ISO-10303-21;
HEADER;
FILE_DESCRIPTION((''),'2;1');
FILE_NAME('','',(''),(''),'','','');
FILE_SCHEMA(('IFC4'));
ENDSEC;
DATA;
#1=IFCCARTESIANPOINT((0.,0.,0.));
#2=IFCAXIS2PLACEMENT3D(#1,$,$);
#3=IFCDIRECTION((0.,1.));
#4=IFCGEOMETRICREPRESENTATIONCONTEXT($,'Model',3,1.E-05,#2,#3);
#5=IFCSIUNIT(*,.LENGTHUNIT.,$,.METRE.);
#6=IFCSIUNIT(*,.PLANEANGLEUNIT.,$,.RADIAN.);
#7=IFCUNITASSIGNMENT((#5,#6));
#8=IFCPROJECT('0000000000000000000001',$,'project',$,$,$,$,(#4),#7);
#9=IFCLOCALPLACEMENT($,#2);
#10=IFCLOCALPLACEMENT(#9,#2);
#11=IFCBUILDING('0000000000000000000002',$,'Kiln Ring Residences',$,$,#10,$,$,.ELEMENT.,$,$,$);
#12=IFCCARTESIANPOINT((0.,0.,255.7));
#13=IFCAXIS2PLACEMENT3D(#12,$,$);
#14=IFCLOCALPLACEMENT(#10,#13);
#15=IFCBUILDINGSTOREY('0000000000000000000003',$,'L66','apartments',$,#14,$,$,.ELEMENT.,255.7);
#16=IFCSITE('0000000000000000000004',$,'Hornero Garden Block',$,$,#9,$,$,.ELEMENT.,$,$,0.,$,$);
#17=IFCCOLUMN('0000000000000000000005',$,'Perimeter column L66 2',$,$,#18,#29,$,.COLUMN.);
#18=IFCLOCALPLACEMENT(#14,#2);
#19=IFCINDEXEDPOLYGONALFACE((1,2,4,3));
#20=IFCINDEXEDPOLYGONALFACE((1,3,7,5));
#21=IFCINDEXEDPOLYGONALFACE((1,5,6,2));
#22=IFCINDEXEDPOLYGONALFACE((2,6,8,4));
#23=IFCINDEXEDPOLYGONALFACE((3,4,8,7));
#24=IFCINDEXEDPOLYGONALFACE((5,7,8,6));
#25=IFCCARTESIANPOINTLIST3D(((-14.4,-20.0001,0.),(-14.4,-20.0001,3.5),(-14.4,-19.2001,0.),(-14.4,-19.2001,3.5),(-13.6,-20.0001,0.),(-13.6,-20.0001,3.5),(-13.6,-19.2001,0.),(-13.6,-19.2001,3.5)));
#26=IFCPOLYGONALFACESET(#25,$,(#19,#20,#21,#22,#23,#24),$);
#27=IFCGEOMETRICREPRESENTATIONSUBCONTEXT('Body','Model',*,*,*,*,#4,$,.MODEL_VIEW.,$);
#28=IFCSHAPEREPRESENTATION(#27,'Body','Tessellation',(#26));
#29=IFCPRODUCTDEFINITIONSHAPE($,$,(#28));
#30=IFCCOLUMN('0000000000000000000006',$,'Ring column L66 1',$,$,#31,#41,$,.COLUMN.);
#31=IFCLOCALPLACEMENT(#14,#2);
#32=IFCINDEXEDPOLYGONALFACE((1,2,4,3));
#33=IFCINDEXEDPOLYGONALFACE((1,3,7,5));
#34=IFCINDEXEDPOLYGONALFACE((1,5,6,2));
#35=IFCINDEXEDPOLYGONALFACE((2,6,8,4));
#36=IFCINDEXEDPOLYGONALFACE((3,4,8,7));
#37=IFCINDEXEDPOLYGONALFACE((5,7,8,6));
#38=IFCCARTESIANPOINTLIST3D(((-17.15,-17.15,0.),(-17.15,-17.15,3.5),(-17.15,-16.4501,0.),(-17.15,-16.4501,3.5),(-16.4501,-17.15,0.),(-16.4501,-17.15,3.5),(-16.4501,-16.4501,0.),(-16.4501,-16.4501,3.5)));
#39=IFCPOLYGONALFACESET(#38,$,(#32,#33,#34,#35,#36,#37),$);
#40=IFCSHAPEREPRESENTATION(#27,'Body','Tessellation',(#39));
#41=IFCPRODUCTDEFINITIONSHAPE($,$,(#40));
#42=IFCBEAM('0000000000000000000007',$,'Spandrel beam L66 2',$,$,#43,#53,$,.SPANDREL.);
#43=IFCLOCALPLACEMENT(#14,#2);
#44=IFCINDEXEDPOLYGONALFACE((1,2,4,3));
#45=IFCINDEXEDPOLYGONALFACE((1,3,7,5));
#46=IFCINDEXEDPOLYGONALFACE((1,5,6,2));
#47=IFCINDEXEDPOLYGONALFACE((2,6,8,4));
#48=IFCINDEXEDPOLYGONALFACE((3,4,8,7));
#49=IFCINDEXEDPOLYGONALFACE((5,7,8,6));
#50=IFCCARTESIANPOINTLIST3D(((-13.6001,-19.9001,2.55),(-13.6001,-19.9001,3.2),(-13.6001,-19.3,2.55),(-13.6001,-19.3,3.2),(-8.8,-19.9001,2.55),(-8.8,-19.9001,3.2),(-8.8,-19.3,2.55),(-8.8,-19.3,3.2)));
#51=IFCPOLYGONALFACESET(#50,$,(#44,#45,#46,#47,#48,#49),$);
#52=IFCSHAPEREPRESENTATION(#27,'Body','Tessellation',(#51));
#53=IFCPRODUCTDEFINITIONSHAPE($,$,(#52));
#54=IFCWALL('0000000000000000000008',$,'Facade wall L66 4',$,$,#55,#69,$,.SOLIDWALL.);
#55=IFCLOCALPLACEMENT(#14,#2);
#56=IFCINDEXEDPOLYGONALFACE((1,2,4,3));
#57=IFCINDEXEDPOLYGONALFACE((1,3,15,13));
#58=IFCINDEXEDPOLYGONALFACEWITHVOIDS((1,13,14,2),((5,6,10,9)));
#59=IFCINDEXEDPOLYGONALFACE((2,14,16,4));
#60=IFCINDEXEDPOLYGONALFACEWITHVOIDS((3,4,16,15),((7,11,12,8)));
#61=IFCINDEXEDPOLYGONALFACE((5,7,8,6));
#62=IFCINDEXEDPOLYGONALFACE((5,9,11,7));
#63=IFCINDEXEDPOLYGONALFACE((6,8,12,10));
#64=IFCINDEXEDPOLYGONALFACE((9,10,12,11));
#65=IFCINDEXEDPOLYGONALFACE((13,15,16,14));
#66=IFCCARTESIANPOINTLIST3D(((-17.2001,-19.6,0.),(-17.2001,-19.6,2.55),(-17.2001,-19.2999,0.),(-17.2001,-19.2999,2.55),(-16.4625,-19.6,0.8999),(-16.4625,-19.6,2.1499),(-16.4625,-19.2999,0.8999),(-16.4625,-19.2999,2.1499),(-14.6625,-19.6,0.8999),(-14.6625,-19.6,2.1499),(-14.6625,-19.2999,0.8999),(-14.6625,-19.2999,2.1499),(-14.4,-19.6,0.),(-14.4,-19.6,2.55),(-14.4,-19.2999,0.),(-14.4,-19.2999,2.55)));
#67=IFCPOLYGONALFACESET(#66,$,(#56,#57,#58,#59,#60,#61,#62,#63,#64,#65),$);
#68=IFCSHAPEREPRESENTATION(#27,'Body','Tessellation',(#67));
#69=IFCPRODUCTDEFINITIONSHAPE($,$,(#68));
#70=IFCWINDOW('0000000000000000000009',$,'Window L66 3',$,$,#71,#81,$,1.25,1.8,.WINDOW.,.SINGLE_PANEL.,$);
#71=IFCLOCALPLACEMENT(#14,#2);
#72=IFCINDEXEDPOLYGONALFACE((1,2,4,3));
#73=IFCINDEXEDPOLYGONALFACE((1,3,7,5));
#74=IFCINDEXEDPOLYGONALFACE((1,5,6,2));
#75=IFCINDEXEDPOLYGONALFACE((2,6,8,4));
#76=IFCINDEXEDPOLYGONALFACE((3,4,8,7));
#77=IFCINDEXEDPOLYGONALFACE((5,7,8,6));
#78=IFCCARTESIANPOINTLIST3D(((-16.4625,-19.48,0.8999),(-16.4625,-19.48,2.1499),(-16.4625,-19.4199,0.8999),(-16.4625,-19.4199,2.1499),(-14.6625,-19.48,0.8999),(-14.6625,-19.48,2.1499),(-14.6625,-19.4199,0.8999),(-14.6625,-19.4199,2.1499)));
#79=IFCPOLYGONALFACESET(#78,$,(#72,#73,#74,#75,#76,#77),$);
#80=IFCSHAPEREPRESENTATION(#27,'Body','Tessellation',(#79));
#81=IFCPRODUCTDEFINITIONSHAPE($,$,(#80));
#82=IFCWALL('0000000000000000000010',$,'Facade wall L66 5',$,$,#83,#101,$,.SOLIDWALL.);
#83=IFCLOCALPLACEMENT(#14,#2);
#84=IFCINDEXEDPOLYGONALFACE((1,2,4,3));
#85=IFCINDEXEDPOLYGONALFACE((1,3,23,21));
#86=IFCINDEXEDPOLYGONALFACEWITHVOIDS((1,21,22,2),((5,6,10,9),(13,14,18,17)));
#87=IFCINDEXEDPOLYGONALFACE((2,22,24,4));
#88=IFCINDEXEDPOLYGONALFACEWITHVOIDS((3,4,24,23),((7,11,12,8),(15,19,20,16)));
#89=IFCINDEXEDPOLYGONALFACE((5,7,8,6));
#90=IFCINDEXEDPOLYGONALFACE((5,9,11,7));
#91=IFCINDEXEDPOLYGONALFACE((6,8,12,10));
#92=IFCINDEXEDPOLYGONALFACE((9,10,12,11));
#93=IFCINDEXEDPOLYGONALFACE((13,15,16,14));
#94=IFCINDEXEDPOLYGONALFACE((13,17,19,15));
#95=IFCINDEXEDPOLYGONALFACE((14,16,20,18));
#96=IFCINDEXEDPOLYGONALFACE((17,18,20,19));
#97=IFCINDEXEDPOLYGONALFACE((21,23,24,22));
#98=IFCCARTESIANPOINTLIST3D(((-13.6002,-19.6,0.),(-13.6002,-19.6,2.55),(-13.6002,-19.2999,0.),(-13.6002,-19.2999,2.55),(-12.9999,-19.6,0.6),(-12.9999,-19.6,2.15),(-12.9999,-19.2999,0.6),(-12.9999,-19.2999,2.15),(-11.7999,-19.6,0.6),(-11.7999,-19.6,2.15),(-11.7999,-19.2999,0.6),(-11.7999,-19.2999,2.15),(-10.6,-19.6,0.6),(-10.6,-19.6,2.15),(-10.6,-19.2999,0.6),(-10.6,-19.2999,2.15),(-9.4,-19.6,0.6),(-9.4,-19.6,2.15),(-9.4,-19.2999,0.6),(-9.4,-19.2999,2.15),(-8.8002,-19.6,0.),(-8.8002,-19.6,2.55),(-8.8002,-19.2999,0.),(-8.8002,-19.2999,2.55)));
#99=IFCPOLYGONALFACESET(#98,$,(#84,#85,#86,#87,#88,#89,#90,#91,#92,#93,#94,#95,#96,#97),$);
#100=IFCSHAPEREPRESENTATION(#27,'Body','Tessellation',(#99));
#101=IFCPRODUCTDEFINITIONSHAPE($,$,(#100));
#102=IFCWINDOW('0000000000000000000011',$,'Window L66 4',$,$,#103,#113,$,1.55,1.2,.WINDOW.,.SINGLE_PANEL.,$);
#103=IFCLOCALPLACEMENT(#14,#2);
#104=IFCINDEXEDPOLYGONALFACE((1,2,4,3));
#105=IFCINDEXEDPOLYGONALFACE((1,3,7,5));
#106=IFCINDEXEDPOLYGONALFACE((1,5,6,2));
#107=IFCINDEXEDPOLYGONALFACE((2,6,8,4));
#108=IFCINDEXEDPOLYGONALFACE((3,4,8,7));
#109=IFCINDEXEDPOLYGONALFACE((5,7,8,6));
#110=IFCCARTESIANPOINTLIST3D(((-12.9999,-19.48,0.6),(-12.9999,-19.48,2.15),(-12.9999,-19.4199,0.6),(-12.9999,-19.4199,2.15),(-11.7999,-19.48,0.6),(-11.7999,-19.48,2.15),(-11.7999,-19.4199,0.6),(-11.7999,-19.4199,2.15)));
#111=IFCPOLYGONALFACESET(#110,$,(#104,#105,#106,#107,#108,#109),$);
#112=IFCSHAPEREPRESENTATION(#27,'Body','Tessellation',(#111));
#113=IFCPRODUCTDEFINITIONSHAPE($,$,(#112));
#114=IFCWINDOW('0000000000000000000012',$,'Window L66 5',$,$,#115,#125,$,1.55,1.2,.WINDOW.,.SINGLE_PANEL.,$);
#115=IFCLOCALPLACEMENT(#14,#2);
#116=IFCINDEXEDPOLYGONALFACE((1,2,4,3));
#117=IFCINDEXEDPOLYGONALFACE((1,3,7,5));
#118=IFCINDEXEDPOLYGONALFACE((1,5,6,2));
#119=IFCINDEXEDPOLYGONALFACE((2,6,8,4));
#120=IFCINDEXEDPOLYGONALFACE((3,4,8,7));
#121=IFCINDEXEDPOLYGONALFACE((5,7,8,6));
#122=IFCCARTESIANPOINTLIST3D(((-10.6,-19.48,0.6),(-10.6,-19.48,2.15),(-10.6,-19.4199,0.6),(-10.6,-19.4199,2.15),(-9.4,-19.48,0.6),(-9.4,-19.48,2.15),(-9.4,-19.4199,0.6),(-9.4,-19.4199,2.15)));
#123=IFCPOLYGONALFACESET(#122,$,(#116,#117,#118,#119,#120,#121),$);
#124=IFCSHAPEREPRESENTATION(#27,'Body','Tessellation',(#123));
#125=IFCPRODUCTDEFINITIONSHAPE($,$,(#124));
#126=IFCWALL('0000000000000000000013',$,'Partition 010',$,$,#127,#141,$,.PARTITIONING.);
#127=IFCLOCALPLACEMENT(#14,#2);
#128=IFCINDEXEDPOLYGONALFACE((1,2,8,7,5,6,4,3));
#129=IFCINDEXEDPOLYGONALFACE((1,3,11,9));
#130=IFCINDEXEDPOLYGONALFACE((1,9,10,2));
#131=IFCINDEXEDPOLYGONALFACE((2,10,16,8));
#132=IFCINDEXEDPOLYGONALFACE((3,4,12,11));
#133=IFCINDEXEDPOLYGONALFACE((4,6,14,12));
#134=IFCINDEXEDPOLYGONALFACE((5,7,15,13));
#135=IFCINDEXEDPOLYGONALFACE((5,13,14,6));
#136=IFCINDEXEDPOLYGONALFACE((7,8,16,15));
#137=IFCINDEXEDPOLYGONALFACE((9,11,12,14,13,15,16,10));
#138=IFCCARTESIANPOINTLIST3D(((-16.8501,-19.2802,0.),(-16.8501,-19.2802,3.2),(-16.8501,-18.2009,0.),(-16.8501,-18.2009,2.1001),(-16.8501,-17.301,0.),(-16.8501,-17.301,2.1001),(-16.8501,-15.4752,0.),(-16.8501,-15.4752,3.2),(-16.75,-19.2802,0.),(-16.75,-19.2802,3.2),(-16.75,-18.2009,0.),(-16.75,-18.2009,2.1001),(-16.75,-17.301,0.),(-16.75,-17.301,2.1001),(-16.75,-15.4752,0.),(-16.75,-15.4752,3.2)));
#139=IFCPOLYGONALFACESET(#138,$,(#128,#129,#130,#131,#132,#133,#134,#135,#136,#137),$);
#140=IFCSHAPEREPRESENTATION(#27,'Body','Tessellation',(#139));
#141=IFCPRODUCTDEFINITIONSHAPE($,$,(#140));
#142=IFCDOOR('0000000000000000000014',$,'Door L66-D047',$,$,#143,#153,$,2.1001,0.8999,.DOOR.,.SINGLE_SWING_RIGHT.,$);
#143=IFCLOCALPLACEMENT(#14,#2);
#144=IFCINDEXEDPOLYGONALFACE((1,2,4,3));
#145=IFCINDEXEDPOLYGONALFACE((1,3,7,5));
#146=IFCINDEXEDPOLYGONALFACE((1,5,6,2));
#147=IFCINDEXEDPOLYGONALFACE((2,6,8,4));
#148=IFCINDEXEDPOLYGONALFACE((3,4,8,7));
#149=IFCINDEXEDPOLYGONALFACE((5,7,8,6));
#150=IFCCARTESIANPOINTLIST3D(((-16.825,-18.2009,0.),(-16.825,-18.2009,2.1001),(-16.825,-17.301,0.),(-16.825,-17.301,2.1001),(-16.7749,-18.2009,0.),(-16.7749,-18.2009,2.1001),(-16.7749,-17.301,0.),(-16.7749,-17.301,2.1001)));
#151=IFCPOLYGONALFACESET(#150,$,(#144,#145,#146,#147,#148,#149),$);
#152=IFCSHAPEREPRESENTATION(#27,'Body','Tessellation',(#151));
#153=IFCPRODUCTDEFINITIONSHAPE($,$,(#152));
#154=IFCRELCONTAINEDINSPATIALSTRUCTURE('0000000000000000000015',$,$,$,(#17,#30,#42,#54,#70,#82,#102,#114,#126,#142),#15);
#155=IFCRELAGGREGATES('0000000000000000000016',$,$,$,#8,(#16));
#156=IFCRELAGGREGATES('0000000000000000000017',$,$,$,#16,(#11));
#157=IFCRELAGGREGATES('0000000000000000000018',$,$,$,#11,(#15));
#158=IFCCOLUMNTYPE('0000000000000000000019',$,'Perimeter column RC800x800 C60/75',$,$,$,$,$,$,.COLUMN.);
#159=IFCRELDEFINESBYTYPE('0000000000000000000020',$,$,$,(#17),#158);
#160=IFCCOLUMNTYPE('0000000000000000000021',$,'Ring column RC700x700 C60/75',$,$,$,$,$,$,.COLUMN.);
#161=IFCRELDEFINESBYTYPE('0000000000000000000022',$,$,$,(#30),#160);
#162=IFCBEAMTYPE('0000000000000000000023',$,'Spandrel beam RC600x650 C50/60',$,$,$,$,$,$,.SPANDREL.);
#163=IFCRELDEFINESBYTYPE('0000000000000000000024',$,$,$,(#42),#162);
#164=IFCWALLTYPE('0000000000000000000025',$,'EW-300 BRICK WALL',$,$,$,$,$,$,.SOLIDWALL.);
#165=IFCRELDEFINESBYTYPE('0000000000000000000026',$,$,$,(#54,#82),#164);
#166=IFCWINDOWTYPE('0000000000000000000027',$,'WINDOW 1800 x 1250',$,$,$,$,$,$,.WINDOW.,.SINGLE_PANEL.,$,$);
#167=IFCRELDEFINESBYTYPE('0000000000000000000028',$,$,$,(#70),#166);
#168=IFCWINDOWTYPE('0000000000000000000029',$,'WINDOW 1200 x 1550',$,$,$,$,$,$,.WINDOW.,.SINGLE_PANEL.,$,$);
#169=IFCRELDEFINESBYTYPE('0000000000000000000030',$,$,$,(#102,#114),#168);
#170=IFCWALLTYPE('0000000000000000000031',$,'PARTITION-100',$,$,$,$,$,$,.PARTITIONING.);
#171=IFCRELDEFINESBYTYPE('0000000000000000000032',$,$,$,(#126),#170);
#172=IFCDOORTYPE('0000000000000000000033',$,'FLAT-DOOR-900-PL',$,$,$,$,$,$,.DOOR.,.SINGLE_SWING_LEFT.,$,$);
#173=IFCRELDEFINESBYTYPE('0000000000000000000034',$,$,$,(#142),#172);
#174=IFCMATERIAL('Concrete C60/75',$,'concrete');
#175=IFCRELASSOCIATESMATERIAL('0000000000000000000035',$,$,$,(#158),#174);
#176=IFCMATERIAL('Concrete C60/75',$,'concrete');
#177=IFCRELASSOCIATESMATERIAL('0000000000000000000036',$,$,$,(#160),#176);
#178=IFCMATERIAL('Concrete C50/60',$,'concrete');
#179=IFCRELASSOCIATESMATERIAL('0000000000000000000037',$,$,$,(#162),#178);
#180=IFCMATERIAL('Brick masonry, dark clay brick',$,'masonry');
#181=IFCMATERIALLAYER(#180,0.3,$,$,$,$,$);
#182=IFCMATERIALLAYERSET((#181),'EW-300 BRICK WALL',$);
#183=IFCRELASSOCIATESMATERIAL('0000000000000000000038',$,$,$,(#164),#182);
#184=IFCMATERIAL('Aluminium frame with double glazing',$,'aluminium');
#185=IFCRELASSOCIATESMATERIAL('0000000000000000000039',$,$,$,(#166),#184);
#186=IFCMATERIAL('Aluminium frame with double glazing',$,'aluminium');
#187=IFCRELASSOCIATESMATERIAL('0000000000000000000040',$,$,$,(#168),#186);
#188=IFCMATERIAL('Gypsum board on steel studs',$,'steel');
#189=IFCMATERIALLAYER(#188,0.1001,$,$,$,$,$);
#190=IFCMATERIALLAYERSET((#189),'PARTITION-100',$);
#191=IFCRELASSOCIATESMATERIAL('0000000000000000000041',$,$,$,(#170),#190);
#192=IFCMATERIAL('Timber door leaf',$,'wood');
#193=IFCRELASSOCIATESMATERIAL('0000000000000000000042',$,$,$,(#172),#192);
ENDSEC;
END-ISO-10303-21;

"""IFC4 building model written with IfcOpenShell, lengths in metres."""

from ifc_helpers import new_model, si_unit, direction, frame, frame_2d, origin, origin_2d, place, context, subcontext, project, spatial, rectangle, extrude, material, layer, layer_set, material_profile, profile_set, type_object, element, fill, save


model = new_model("IFC4")

# Units and contexts
model_context = context("Model", 3, precision=1e-05, world=origin(), true_north=direction((0.0, 1.0)))
body_context = subcontext(model_context, "Body", "Model", "MODEL_VIEW")
ifc_project = project(units=[si_unit("LENGTHUNIT", "METRE"), si_unit("PLANEANGLEUNIT", "RADIAN")], contexts=[model_context])

# Site, building, storey
site_placement = place(None, origin())
site = spatial("IfcSite", under=ifc_project, at=site_placement, Name="Hornero Garden Block", CompositionType="ELEMENT", RefElevation=0.0)
building_placement = place(site_placement, origin())
building = spatial("IfcBuilding", under=site, at=building_placement, Name="Kiln Ring Residences", CompositionType="ELEMENT")
storey_placement = place(building_placement, frame((0.0, 0.0, 255.7)))
storey = spatial("IfcBuildingStorey", under=building, at=storey_placement, Name="L66", Description="apartments", CompositionType="ELEMENT", Elevation=255.7)

# Columns
ifc_material_1 = material(Name="Concrete C60/75", Category="concrete")
ifc_material_profile_1 = material_profile(ifc_material_1, rectangle(XDim=0.8, YDim=0.8, at=origin_2d()), Name="RC800x800")
ifc_profile_set_1 = profile_set([ifc_material_profile_1], Name="Concrete C60/75")
column_type_1 = type_object("IfcColumnType", Name="Perimeter column RC800x800 C60/75", PredefinedType="COLUMN", material=ifc_profile_set_1)
column_1_placement = place(storey_placement, frame((-14.0, -19.6001, 0.0), z_axis=(0.0, 0.0, 1.0), x_axis=(1.0, 0.0, 0.0)))
element("IfcColumn", 1, at=column_1_placement, inside=storey, type_object=column_type_1, Name="Perimeter column L66 2", PredefinedType="COLUMN", context=body_context, shape_type="SweptSolid", body=[
    extrude(rectangle(XDim=0.8, YDim=0.8, at=origin_2d()), origin(), (0.0, 0.0, 1.0), 3.5),
])
ifc_material_2 = material(Name="Concrete C60/75", Category="concrete")
ifc_material_profile_2 = material_profile(ifc_material_2, rectangle(XDim=0.7, YDim=0.7, at=origin_2d()), Name="RC700x700")
ifc_profile_set_2 = profile_set([ifc_material_profile_2], Name="Concrete C60/75")
column_type_2 = type_object("IfcColumnType", Name="Ring column RC700x700 C60/75", PredefinedType="COLUMN", material=ifc_profile_set_2)
column_2_placement = place(storey_placement, frame((-16.8, -16.8, 0.0), z_axis=(0.0, 0.0, 1.0), x_axis=(1.0, 0.0, 0.0)))
element("IfcColumn", 2, at=column_2_placement, inside=storey, type_object=column_type_2, Name="Ring column L66 1", PredefinedType="COLUMN", context=body_context, shape_type="SweptSolid", body=[
    extrude(rectangle(XDim=0.7, YDim=0.7, at=origin_2d()), origin(), (0.0, 0.0, 1.0), 3.5),
])

# Beam
ifc_material_3 = material(Name="Concrete C50/60", Category="concrete")
ifc_material_profile_3 = material_profile(ifc_material_3, rectangle(XDim=0.6001, YDim=0.6499, at=origin_2d()), Name="RC600x650")
ifc_profile_set_3 = profile_set([ifc_material_profile_3], Name="Concrete C50/60")
beam_type = type_object("IfcBeamType", Name="Spandrel beam RC600x650 C50/60", PredefinedType="SPANDREL", material=ifc_profile_set_3)
beam_placement = place(storey_placement, frame((-13.6001, -19.6001, 2.875), z_axis=(1.0, 0.0, 0.0), x_axis=(0.0, 1.0, 0.0)))
element("IfcBeam", 3, at=beam_placement, inside=storey, type_object=beam_type, Name="Spandrel beam L66 2", PredefinedType="SPANDREL", context=body_context, shape_type="SweptSolid", body=[
    extrude(rectangle(XDim=0.6001, YDim=0.6499, at=origin_2d()), origin(), (0.0, 0.0, 1.0), 4.8),
])

# Wall, opening, window
ifc_material_4 = material(Name="Brick masonry, dark clay brick", Category="masonry")
ifc_layer_1 = layer(ifc_material_4, 0.3)
ifc_layer_set_1 = layer_set([ifc_layer_1], Name="EW-300 BRICK WALL")
wall_type_1 = type_object("IfcWallType", Name="EW-300 BRICK WALL", PredefinedType="SOLIDWALL", material=ifc_layer_set_1)
wall_1_placement = place(storey_placement, frame((-17.2, -19.45, 0.0), z_axis=(0.0, 0.0, 1.0), x_axis=(1.0, 0.0, 0.0)))
wall_1 = element("IfcWall", 4, at=wall_1_placement, inside=storey, type_object=wall_type_1, Name="Facade wall L66 4", PredefinedType="SOLIDWALL", context=body_context, shape_type="SweptSolid", body=[
    extrude(rectangle(XDim=2.8, YDim=0.3, at=frame_2d((1.3999, 0.0))), origin(), (0.0, 0.0, 1.0), 2.55),
])
opening_1_placement = place(wall_1_placement, frame((0.7375, 0.0, 0.8999)))
opening_1 = element("IfcOpeningElement", 5, at=opening_1_placement, cuts=wall_1, PredefinedType="OPENING", context=body_context, shape_type="SweptSolid", body=[
    extrude(rectangle(XDim=1.8, YDim=1.25, at=frame_2d((0.8999, 0.625))), frame((0.0, 0.1599, 0.0), z_axis=(0.0, -1.0, 0.0), x_axis=(1.0, 0.0, 0.0)), (0.0, 0.0, 1.0), 0.3201),
])
ifc_material_5 = material(Name="Aluminium frame with double glazing", Category="aluminium")
window_type_1 = type_object("IfcWindowType", Name="WINDOW 1800 x 1250", PartitioningType="SINGLE_PANEL", PredefinedType="WINDOW", material=ifc_material_5)
window_1_placement = place(opening_1_placement, origin())
window_1 = element("IfcWindow", 6, at=window_1_placement, inside=storey, type_object=window_type_1, Name="Window L66 3", OverallHeight=1.25, OverallWidth=1.8, PartitioningType="SINGLE_PANEL", PredefinedType="WINDOW", context=body_context, shape_type="SweptSolid", body=[
    extrude(rectangle(XDim=1.8, YDim=1.25, at=frame_2d((0.8999, 0.625))), frame((0.0, 0.03, 0.0), z_axis=(0.0, -1.0, 0.0), x_axis=(1.0, 0.0, 0.0)), (0.0, 0.0, 1.0), 0.0601),
])
fill(opening_1, window_1)

# Wall, openings, windows
wall_2_placement = place(storey_placement, frame((-13.6001, -19.45, 0.0), z_axis=(0.0, 0.0, 1.0), x_axis=(1.0, 0.0, 0.0)))
wall_2 = element("IfcWall", 7, at=wall_2_placement, inside=storey, type_object=wall_type_1, Name="Facade wall L66 5", PredefinedType="SOLIDWALL", context=body_context, shape_type="SweptSolid", body=[
    extrude(rectangle(XDim=4.8, YDim=0.3, at=frame_2d((2.3999, 0.0))), origin(), (0.0, 0.0, 1.0), 2.55),
])
opening_2_placement = place(wall_2_placement, frame((0.6001, 0.0, 0.6001)))
opening_2 = element("IfcOpeningElement", 8, at=opening_2_placement, cuts=wall_2, PredefinedType="OPENING", context=body_context, shape_type="SweptSolid", body=[
    extrude(rectangle(XDim=1.2, YDim=1.55, at=frame_2d((0.6001, 0.7749))), frame((0.0, 0.1599, 0.0), z_axis=(0.0, -1.0, 0.0), x_axis=(1.0, 0.0, 0.0)), (0.0, 0.0, 1.0), 0.3201),
])
opening_3_placement = place(wall_2_placement, frame((3.0, 0.0, 0.6001)))
opening_3 = element("IfcOpeningElement", 9, at=opening_3_placement, cuts=wall_2, PredefinedType="OPENING", context=body_context, shape_type="SweptSolid", body=[
    extrude(rectangle(XDim=1.2, YDim=1.55, at=frame_2d((0.6001, 0.7749))), frame((0.0, 0.1599, 0.0), z_axis=(0.0, -1.0, 0.0), x_axis=(1.0, 0.0, 0.0)), (0.0, 0.0, 1.0), 0.3201),
])
ifc_material_6 = material(Name="Aluminium frame with double glazing", Category="aluminium")
window_type_2 = type_object("IfcWindowType", Name="WINDOW 1200 x 1550", PartitioningType="SINGLE_PANEL", PredefinedType="WINDOW", material=ifc_material_6)
window_2_placement = place(opening_2_placement, origin())
window_2 = element("IfcWindow", 10, at=window_2_placement, inside=storey, type_object=window_type_2, Name="Window L66 4", OverallHeight=1.55, OverallWidth=1.2, PartitioningType="SINGLE_PANEL", PredefinedType="WINDOW", context=body_context, shape_type="SweptSolid", body=[
    extrude(rectangle(XDim=1.2, YDim=1.55, at=frame_2d((0.6001, 0.7749))), frame((0.0, 0.03, 0.0), z_axis=(0.0, -1.0, 0.0), x_axis=(1.0, 0.0, 0.0)), (0.0, 0.0, 1.0), 0.0601),
])
fill(opening_2, window_2)
window_3_placement = place(opening_3_placement, origin())
window_3 = element("IfcWindow", 11, at=window_3_placement, inside=storey, type_object=window_type_2, Name="Window L66 5", OverallHeight=1.55, OverallWidth=1.2, PartitioningType="SINGLE_PANEL", PredefinedType="WINDOW", context=body_context, shape_type="SweptSolid", body=[
    extrude(rectangle(XDim=1.2, YDim=1.55, at=frame_2d((0.6001, 0.7749))), frame((0.0, 0.03, 0.0), z_axis=(0.0, -1.0, 0.0), x_axis=(1.0, 0.0, 0.0)), (0.0, 0.0, 1.0), 0.0601),
])
fill(opening_3, window_3)

# Wall, opening, door
ifc_material_7 = material(Name="Gypsum board on steel studs", Category="steel")
ifc_layer_2 = layer(ifc_material_7, 0.1001)
ifc_layer_set_2 = layer_set([ifc_layer_2], Name="PARTITION-100")
wall_type_2 = type_object("IfcWallType", Name="PARTITION-100", PredefinedType="PARTITIONING", material=ifc_layer_set_2)
wall_3_placement = place(storey_placement, frame((-16.8, -19.28, 0.0), z_axis=(0.0, 0.0, 1.0), x_axis=(0.0, 1.0, 0.0)))
wall_3 = element("IfcWall", 12, at=wall_3_placement, inside=storey, type_object=wall_type_2, Name="Partition 010", PredefinedType="PARTITIONING", context=body_context, shape_type="SweptSolid", body=[
    extrude(rectangle(XDim=3.8049, YDim=0.1001, at=frame_2d((1.9023, 0.0))), origin(), (0.0, 0.0, 1.0), 3.2),
])
opening_4_placement = place(wall_3_placement, frame((1.0791, 0.0, 0.0)))
opening_4 = element("IfcOpeningElement", 13, at=opening_4_placement, cuts=wall_3, PredefinedType="OPENING", context=body_context, shape_type="SweptSolid", body=[
    extrude(rectangle(XDim=0.8999, YDim=2.1001, at=frame_2d((0.45, 1.05))), frame((0.0, 0.0601, 0.0), z_axis=(0.0, -1.0, 0.0), x_axis=(1.0, 0.0, 0.0)), (0.0, 0.0, 1.0), 0.1201),
])
ifc_material_8 = material(Name="Timber door leaf", Category="wood")
door_type = type_object("IfcDoorType", Name="FLAT-DOOR-900-PL", OperationType="SINGLE_SWING_LEFT", PredefinedType="DOOR", material=ifc_material_8)
door_placement = place(opening_4_placement, origin())
door = element("IfcDoor", 14, at=door_placement, inside=storey, type_object=door_type, Name="Door L66-D047", OperationType="SINGLE_SWING_RIGHT", OverallHeight=2.1001, OverallWidth=0.8999, PredefinedType="DOOR", context=body_context, shape_type="SweptSolid", body=[
    extrude(rectangle(XDim=0.8999, YDim=2.1001, at=frame_2d((0.45, 1.05))), frame((0.0, 0.0249, 0.0), z_axis=(0.0, -1.0, 0.0), x_axis=(1.0, 0.0, 0.0)), (0.0, 0.0, 1.0), 0.05),
])
fill(opening_4, door)

save(model, "model.ifc")
